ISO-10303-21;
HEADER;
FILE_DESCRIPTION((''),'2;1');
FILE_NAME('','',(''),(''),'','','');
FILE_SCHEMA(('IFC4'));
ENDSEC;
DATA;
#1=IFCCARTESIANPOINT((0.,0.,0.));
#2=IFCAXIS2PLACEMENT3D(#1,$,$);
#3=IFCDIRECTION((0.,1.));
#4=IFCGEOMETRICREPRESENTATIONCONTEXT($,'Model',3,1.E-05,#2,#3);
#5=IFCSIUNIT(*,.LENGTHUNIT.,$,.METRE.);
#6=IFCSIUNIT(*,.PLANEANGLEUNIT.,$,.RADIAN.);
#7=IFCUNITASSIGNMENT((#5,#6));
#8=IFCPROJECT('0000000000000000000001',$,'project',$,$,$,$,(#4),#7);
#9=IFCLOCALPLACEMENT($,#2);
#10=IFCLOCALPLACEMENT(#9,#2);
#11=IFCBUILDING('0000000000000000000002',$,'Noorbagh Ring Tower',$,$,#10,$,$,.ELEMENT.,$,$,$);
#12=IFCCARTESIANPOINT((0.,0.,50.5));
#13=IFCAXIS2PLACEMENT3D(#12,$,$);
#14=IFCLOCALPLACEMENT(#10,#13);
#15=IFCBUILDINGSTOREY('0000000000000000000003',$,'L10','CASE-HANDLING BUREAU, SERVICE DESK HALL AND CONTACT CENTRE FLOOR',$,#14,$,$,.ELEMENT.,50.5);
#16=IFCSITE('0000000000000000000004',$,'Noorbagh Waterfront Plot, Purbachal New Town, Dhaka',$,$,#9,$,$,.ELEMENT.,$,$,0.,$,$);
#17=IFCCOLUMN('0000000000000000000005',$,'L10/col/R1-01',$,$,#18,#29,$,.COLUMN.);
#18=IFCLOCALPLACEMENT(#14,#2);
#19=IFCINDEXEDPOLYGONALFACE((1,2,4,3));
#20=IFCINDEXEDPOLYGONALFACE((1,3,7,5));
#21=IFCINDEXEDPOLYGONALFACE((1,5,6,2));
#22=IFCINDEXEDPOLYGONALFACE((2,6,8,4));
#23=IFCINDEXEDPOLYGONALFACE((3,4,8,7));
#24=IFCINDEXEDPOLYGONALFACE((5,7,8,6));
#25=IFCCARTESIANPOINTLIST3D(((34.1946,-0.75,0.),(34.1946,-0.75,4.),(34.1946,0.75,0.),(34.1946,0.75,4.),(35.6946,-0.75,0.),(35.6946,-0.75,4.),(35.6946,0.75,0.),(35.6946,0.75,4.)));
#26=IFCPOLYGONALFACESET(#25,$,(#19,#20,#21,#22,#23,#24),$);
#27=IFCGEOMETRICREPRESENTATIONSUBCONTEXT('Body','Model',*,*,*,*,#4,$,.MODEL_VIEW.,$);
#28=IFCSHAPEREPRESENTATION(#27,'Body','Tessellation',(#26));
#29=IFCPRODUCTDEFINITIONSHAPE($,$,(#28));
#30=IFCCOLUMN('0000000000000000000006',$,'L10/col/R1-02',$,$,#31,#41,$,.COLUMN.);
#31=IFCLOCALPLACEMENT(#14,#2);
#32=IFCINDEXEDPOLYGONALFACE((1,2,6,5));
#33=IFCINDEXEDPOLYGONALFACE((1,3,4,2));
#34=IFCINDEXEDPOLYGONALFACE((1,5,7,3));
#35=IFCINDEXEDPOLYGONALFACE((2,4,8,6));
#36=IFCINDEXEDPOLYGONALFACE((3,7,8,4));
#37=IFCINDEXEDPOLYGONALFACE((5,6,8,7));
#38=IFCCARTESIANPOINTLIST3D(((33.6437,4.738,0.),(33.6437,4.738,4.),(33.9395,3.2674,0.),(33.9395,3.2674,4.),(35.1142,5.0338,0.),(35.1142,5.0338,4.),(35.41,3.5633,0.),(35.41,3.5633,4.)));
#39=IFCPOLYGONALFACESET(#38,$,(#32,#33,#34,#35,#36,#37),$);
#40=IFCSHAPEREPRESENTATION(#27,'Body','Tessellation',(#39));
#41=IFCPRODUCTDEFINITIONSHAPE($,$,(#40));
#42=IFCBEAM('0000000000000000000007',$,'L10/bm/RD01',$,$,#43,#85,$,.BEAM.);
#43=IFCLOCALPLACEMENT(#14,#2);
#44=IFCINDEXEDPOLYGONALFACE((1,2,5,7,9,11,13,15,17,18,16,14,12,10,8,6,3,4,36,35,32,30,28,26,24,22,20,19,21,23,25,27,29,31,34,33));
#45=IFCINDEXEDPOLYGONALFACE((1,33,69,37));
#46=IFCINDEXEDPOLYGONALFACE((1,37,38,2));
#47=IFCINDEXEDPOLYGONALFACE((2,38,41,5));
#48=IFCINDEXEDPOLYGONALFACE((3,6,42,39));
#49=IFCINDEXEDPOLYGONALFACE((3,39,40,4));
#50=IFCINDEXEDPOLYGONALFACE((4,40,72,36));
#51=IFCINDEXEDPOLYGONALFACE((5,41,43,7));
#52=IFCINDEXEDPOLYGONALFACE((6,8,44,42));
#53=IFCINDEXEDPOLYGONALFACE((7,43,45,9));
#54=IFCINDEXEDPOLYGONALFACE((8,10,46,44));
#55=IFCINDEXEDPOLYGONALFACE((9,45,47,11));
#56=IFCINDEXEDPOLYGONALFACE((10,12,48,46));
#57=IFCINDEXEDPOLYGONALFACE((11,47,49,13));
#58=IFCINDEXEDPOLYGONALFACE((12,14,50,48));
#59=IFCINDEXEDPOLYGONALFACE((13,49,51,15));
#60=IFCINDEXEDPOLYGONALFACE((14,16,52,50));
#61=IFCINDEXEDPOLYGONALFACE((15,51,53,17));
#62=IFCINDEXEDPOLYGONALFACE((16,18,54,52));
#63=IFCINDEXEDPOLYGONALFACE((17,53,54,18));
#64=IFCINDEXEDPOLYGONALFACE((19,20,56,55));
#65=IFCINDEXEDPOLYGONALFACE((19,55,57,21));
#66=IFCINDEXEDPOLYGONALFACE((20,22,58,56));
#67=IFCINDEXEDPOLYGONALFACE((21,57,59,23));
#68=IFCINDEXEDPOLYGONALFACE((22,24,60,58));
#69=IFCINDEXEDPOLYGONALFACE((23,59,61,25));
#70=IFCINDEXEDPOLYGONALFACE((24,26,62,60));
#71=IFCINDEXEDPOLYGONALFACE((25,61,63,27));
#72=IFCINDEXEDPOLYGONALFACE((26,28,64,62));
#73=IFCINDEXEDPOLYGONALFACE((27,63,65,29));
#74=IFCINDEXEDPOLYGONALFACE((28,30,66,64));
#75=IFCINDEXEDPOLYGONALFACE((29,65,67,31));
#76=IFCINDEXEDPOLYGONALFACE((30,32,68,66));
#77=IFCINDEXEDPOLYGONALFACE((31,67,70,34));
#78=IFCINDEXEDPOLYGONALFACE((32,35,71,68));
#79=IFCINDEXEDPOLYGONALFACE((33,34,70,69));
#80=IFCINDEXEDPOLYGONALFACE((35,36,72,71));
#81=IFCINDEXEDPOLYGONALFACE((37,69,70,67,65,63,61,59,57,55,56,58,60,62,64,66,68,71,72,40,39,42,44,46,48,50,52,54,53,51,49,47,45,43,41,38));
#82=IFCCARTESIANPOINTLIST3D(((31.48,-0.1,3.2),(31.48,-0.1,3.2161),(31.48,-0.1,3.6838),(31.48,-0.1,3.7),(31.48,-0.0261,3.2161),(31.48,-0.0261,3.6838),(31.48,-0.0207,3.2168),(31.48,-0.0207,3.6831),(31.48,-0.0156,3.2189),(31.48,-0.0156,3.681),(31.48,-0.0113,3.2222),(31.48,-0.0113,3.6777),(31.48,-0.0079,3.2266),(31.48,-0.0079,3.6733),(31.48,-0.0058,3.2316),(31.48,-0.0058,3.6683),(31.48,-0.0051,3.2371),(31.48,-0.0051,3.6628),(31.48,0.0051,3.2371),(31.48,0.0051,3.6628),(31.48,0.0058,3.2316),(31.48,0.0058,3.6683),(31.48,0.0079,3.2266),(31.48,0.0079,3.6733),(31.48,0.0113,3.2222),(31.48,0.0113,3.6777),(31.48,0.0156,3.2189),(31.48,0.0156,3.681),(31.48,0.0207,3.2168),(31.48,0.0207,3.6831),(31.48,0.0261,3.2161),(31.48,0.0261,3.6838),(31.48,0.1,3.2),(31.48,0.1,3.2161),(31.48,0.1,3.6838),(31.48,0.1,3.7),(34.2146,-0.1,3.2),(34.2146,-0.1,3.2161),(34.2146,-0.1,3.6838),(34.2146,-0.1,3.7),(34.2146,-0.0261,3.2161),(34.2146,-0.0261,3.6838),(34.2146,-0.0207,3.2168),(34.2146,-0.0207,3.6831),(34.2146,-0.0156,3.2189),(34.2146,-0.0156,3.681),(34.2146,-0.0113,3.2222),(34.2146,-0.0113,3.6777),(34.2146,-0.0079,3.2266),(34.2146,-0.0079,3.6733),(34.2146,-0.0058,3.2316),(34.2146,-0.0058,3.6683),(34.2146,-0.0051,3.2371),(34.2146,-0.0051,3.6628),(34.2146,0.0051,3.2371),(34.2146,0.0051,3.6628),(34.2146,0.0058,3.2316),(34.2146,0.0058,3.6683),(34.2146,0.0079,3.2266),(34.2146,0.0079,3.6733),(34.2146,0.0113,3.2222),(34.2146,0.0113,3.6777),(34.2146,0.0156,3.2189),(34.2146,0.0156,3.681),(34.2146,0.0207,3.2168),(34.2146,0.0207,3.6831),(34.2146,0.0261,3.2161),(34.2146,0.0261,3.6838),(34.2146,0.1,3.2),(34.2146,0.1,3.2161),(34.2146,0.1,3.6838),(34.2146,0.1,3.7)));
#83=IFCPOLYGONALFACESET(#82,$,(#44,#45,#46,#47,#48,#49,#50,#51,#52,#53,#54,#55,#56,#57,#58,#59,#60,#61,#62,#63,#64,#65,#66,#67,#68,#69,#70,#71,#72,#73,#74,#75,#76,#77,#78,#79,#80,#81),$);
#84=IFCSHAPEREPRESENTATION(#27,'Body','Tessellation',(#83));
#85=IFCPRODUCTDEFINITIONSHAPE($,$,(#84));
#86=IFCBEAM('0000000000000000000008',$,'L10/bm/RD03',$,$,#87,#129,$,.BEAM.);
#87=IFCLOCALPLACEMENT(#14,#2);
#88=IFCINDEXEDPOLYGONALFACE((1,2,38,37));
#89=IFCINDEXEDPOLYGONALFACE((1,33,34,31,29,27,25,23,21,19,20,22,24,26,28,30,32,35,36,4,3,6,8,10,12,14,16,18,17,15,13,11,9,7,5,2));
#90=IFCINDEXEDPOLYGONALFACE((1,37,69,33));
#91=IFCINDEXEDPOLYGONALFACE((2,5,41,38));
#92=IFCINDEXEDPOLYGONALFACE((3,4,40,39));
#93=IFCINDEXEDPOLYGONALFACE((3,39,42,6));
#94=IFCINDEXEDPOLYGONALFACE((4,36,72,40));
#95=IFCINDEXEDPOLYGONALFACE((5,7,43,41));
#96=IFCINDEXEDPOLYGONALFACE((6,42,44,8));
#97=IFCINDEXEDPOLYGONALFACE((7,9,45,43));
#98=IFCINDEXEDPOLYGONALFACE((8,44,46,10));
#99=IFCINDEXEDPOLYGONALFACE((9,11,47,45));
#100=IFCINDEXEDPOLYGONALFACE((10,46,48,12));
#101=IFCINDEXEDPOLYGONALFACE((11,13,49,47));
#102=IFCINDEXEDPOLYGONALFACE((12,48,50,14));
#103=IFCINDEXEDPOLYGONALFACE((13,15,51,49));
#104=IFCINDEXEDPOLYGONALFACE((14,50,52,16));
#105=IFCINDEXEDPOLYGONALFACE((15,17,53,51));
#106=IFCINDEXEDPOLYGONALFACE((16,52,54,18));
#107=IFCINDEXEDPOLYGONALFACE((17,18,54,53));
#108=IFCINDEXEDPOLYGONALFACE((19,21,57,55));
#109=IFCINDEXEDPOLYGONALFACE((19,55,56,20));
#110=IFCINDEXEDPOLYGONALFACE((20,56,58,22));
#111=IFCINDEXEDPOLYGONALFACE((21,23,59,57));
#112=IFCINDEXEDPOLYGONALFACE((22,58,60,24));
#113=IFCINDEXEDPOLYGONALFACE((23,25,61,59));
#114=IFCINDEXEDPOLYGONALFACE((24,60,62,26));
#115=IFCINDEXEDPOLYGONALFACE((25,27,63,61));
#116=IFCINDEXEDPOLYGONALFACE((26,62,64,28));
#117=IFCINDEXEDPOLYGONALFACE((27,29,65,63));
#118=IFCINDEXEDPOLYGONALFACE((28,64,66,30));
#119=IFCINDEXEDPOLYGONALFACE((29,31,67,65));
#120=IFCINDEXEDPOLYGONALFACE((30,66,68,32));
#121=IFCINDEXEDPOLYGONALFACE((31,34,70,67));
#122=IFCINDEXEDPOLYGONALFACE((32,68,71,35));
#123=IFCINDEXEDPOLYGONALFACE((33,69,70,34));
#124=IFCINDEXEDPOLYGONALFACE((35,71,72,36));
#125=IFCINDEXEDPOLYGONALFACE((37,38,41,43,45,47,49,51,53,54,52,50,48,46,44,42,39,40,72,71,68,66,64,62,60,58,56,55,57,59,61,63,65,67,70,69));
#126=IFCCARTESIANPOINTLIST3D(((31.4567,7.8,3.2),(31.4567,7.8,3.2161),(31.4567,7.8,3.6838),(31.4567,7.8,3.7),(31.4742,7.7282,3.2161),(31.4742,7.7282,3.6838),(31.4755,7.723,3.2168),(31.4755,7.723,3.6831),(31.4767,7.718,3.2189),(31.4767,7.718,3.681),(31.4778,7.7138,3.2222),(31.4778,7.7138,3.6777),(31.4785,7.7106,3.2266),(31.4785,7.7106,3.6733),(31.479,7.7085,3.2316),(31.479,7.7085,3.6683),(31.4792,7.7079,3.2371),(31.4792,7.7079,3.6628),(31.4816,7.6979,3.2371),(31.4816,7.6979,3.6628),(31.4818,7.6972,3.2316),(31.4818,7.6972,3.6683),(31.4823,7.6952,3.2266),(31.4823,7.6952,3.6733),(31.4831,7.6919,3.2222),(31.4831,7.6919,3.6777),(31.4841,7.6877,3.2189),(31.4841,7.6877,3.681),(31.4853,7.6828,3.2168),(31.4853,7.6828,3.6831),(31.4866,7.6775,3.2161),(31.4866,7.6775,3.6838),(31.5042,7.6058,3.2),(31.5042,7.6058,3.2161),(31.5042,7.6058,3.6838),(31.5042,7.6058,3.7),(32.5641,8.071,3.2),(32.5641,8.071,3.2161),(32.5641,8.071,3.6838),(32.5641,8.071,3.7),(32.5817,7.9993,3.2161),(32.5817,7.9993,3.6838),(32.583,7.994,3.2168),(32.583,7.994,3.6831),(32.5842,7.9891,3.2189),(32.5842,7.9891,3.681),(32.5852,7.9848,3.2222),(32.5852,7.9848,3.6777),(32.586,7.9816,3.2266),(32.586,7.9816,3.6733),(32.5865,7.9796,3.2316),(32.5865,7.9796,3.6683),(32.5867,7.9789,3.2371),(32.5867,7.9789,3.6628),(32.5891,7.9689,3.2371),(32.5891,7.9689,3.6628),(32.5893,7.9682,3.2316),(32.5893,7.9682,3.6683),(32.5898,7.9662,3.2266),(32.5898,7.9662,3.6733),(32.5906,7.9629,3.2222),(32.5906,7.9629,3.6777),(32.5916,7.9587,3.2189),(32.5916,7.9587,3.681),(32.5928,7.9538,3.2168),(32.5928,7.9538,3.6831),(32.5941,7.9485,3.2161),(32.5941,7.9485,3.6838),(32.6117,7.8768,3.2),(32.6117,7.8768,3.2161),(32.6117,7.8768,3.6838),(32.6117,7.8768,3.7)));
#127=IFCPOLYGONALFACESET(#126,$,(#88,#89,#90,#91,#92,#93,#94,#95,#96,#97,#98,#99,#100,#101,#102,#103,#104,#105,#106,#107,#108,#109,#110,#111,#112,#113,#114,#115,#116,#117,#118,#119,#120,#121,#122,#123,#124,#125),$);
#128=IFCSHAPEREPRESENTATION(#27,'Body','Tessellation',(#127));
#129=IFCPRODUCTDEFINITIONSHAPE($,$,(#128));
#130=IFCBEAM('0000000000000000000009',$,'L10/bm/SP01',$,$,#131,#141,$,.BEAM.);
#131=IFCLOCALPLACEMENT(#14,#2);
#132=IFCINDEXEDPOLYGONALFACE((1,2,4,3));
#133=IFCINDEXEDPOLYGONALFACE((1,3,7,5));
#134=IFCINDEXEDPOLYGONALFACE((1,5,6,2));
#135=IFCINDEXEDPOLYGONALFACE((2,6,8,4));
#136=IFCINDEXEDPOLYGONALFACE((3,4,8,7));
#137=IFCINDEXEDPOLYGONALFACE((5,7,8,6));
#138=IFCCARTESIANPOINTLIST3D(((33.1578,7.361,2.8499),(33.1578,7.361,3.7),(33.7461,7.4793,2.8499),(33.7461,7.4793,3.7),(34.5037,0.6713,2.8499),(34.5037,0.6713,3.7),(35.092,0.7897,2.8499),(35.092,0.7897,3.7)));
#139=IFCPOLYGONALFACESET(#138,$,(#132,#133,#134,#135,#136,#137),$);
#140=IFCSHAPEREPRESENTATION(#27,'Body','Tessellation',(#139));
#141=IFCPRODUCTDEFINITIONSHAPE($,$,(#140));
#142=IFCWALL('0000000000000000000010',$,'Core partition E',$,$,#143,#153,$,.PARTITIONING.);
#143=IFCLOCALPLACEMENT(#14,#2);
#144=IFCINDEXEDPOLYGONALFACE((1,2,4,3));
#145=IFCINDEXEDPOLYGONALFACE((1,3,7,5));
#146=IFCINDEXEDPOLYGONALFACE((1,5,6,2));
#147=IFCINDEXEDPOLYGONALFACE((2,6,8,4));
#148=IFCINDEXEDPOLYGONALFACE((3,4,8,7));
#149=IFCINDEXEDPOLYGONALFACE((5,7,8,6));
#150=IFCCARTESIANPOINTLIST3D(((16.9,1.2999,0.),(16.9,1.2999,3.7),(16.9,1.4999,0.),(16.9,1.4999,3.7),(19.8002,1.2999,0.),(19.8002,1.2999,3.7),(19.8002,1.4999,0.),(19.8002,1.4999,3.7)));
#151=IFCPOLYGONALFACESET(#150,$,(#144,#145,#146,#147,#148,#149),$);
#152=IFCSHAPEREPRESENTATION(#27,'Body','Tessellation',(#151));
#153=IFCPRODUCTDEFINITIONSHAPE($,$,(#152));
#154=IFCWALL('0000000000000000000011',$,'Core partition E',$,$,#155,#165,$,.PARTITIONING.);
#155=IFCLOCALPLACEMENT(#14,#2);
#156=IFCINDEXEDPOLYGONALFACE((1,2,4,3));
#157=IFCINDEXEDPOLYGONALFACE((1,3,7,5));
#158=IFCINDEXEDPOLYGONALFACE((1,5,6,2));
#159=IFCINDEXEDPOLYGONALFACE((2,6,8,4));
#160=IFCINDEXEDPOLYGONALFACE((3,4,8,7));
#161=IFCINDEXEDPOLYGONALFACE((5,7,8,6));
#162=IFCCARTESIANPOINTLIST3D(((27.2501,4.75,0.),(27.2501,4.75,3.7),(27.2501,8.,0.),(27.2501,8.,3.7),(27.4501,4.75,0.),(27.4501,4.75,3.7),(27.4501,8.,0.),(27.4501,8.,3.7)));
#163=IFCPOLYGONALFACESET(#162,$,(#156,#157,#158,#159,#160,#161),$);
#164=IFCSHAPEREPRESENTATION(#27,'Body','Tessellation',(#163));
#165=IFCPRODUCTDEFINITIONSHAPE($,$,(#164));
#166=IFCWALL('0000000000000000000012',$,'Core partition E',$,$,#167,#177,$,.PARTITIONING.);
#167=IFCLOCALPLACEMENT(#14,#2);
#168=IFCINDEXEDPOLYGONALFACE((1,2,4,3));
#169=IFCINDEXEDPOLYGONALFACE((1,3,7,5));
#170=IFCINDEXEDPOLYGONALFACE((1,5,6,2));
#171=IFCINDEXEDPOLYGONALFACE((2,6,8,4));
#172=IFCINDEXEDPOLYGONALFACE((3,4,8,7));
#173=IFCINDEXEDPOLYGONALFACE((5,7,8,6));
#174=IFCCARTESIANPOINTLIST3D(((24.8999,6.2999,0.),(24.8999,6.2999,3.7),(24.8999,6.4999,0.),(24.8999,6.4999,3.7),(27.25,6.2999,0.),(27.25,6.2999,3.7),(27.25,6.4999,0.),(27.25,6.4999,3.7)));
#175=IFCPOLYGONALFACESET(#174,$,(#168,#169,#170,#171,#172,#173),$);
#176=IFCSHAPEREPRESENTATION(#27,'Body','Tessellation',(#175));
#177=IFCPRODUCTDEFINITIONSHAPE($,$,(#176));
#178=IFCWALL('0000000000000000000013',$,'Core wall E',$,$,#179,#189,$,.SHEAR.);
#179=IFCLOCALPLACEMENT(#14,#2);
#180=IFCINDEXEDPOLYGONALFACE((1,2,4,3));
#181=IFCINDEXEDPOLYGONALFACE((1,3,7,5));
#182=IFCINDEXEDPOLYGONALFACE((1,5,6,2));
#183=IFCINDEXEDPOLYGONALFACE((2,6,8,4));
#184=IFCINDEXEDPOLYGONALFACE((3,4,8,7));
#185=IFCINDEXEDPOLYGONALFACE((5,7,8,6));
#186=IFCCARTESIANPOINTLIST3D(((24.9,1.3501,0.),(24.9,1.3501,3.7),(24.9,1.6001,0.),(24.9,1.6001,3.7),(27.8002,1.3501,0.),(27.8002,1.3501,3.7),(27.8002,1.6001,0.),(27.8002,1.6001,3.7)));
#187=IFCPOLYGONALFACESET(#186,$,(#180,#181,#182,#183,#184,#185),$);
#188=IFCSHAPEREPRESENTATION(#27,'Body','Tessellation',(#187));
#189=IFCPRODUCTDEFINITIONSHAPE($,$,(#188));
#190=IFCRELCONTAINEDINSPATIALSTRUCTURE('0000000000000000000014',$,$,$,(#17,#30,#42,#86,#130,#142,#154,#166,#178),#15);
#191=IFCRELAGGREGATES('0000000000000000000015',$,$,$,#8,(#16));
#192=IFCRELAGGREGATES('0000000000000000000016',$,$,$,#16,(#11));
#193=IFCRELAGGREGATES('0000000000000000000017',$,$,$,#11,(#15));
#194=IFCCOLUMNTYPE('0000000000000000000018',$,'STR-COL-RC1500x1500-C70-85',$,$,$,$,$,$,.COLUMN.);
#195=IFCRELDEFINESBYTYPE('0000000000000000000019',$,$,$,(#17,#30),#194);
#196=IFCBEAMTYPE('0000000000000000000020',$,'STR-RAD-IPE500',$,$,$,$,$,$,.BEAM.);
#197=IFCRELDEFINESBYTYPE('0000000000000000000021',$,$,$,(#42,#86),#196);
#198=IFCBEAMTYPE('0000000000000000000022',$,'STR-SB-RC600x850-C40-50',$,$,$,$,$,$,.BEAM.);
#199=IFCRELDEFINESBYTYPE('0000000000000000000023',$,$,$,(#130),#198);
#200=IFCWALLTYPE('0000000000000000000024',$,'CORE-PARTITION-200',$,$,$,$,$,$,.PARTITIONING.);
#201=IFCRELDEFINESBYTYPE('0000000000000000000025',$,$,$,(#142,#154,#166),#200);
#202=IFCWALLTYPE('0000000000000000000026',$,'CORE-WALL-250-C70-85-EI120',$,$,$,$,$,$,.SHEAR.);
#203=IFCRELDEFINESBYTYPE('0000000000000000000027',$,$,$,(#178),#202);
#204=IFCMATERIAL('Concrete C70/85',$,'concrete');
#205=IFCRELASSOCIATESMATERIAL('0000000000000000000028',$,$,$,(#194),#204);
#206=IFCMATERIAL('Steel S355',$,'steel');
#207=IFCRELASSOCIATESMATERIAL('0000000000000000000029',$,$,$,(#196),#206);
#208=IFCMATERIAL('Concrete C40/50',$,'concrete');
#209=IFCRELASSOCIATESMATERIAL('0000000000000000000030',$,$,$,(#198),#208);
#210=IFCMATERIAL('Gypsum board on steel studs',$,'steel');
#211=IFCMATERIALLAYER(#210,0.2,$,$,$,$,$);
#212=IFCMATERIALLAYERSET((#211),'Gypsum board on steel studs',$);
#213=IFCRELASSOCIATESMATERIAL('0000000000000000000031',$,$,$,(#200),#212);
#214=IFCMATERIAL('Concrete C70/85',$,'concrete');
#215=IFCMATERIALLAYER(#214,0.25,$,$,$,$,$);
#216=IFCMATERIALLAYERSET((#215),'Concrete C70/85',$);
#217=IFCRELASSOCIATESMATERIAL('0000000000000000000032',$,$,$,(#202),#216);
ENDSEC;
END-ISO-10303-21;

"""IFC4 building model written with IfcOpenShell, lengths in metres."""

from ifc_helpers import new_model, si_unit, direction, frame, frame_2d, origin, origin_2d, place, context, subcontext, project, spatial, rectangle, i_section, extrude, material, layer, layer_set, material_profile, profile_set, type_object, element, save


model = new_model("IFC4")

# Units and contexts
model_context = context("Model", 3, precision=1e-05, world=origin(), true_north=direction((0.0, 1.0)))
body_context = subcontext(model_context, "Body", "Model", "MODEL_VIEW")
ifc_project = project(units=[si_unit("LENGTHUNIT", "METRE"), si_unit("PLANEANGLEUNIT", "RADIAN")], contexts=[model_context])

# Site, building, storey
site_placement = place(None, origin())
site = spatial("IfcSite", under=ifc_project, at=site_placement, Name="Noorbagh Waterfront Plot, Purbachal New Town, Dhaka", CompositionType="ELEMENT", RefElevation=0.0)
building_placement = place(site_placement, origin())
building = spatial("IfcBuilding", under=site, at=building_placement, Name="Noorbagh Ring Tower", CompositionType="ELEMENT")
storey_placement = place(building_placement, frame((0.0, 0.0, 50.5)))
storey = spatial("IfcBuildingStorey", under=building, at=storey_placement, Name="L10", Description="CASE-HANDLING BUREAU, SERVICE DESK HALL AND CONTACT CENTRE FLOOR", CompositionType="ELEMENT", Elevation=50.5)

# Columns
ifc_material_1 = material(Name="Concrete C70/85", Category="concrete")
ifc_material_profile_1 = material_profile(ifc_material_1, rectangle(XDim=1.5, YDim=1.5, at=origin_2d()), Name="RC1500x1500")
ifc_profile_set_1 = profile_set([ifc_material_profile_1], Name="Concrete C70/85")
column_type = type_object("IfcColumnType", Name="STR-COL-RC1500x1500-C70-85", PredefinedType="COLUMN", material=ifc_profile_set_1)
for number, where, z_axis, x_axis, name in (
    (1, (34.9446, 0.0, 0.0), (0.0, 0.0, 1.0), (0.0, 1.0, 0.0), "L10/col/R1-01"),
    (2, (34.5269, 4.1506, 0.0), (0.0, 0.0, 1.0), (-0.19723, 0.980357, 0.0), "L10/col/R1-02"),
):
    element("IfcColumn", number, at=place(storey_placement, frame(where, z_axis=z_axis, x_axis=x_axis)), inside=storey, type_object=column_type, Name=name, PredefinedType="COLUMN", context=body_context, shape_type="SweptSolid", body=[
        extrude(rectangle(XDim=1.5, YDim=1.5, at=origin_2d()), origin(), (0.0, 0.0, 1.0), 4.0),
    ])

# Beams
ifc_material_2 = material(Name="Steel S355", Category="steel")
ifc_material_profile_2 = material_profile(ifc_material_2, i_section(OverallWidth=0.2, OverallDepth=0.5, WebThickness=0.0103, FlangeThickness=0.0161, FilletRadius=0.021, at=origin_2d()), Name="IPE500")
ifc_profile_set_2 = profile_set([ifc_material_profile_2], Name="Steel S355")
beam_type_1 = type_object("IfcBeamType", Name="STR-RAD-IPE500", PredefinedType="BEAM", material=ifc_profile_set_2)
beam_1_placement = place(storey_placement, frame((34.2146, 0.0, 3.45), z_axis=(-1.0, 0.0, 0.0), x_axis=(0.0, -1.0, 0.0)))
element("IfcBeam", 3, at=beam_1_placement, inside=storey, type_object=beam_type_1, Name="L10/bm/RD01", PredefinedType="BEAM", context=body_context, shape_type="SweptSolid", body=[
    extrude(i_section(OverallWidth=0.2, OverallDepth=0.5, WebThickness=0.0103, FlangeThickness=0.0161, FilletRadius=0.021, at=origin_2d()), origin(), (0.0, 0.0, 1.0), 2.7346),
])
beam_2_placement = place(storey_placement, frame((32.5879, 7.9739, 3.45), z_axis=(-0.97134, -0.237696, 0.0), x_axis=(0.237696, -0.97134, 0.0)))
element("IfcBeam", 4, at=beam_2_placement, inside=storey, type_object=beam_type_1, Name="L10/bm/RD03", PredefinedType="BEAM", context=body_context, shape_type="SweptSolid", body=[
    extrude(i_section(OverallWidth=0.2, OverallDepth=0.5, WebThickness=0.0103, FlangeThickness=0.0161, FilletRadius=0.021, at=origin_2d()), origin(), (0.0, 0.0, 1.0), 1.1401),
])
ifc_material_3 = material(Name="Concrete C40/50", Category="concrete")
ifc_material_profile_3 = material_profile(ifc_material_3, rectangle(XDim=0.6001, YDim=0.8501, at=origin_2d()), Name="RC600x850")
ifc_profile_set_3 = profile_set([ifc_material_profile_3], Name="Concrete C40/50")
beam_type_2 = type_object("IfcBeamType", Name="STR-SB-RC600x850-C40-50", PredefinedType="BEAM", material=ifc_profile_set_3)
beam_3_placement = place(storey_placement, frame((34.7979, 0.7305, 3.2749), z_axis=(-0.197244, 0.980354, 0.0), x_axis=(-0.980354, -0.197244, 0.0)))
element("IfcBeam", 5, at=beam_3_placement, inside=storey, type_object=beam_type_2, Name="L10/bm/SP01", PredefinedType="BEAM", context=body_context, shape_type="SweptSolid", body=[
    extrude(rectangle(XDim=0.6001, YDim=0.8501, at=origin_2d()), origin(), (0.0, 0.0, 1.0), 6.8237),
])

# Walls
ifc_material_4 = material(Name="Gypsum board on steel studs", Category="steel")
ifc_layer_1 = layer(ifc_material_4, 0.2)
ifc_layer_set_1 = layer_set([ifc_layer_1], Name="Gypsum board on steel studs")
wall_type_1 = type_object("IfcWallType", Name="CORE-PARTITION-200", PredefinedType="PARTITIONING", material=ifc_layer_set_1)
wall_1_placement = place(storey_placement, frame((16.8999, 1.3999, 0.0), z_axis=(0.0, 0.0, 1.0), x_axis=(1.0, 0.0, 0.0)))
element("IfcWall", 6, at=wall_1_placement, inside=storey, type_object=wall_type_1, Name="Core partition E", PredefinedType="PARTITIONING", context=body_context, shape_type="SweptSolid", body=[
    extrude(rectangle(XDim=2.9001, YDim=0.2, at=frame_2d((1.4502, 0.0))), origin(), (0.0, 0.0, 1.0), 3.7),
])
wall_2_placement = place(storey_placement, frame((27.3501, 4.75, 0.0), z_axis=(0.0, 0.0, 1.0), x_axis=(0.0, 1.0, 0.0)))
element("IfcWall", 7, at=wall_2_placement, inside=storey, type_object=wall_type_1, Name="Core partition E", PredefinedType="PARTITIONING", context=body_context, shape_type="SweptSolid", body=[
    extrude(rectangle(XDim=3.25, YDim=0.2, at=frame_2d((1.625, 0.0))), origin(), (0.0, 0.0, 1.0), 3.7),
])
wall_3_placement = place(storey_placement, frame((24.8999, 6.3999, 0.0), z_axis=(0.0, 0.0, 1.0), x_axis=(1.0, 0.0, 0.0)))
element("IfcWall", 8, at=wall_3_placement, inside=storey, type_object=wall_type_1, Name="Core partition E", PredefinedType="PARTITIONING", context=body_context, shape_type="SweptSolid", body=[
    extrude(rectangle(XDim=2.3501, YDim=0.2, at=frame_2d((1.175, 0.0))), origin(), (0.0, 0.0, 1.0), 3.7),
])
ifc_material_5 = material(Name="Concrete C70/85", Category="concrete")
ifc_layer_2 = layer(ifc_material_5, 0.25)
ifc_layer_set_2 = layer_set([ifc_layer_2], Name="Concrete C70/85")
wall_type_2 = type_object("IfcWallType", Name="CORE-WALL-250-C70-85-EI120", PredefinedType="SHEAR", material=ifc_layer_set_2)
wall_4_placement = place(storey_placement, frame((24.8999, 1.4751, 0.0), z_axis=(0.0, 0.0, 1.0), x_axis=(1.0, 0.0, 0.0)))
element("IfcWall", 9, at=wall_4_placement, inside=storey, type_object=wall_type_2, Name="Core wall E", PredefinedType="SHEAR", context=body_context, shape_type="SweptSolid", body=[
    extrude(rectangle(XDim=2.9001, YDim=0.25, at=frame_2d((1.4502, 0.0))), origin(), (0.0, 0.0, 1.0), 3.7),
])

save(model, "model.ifc")
